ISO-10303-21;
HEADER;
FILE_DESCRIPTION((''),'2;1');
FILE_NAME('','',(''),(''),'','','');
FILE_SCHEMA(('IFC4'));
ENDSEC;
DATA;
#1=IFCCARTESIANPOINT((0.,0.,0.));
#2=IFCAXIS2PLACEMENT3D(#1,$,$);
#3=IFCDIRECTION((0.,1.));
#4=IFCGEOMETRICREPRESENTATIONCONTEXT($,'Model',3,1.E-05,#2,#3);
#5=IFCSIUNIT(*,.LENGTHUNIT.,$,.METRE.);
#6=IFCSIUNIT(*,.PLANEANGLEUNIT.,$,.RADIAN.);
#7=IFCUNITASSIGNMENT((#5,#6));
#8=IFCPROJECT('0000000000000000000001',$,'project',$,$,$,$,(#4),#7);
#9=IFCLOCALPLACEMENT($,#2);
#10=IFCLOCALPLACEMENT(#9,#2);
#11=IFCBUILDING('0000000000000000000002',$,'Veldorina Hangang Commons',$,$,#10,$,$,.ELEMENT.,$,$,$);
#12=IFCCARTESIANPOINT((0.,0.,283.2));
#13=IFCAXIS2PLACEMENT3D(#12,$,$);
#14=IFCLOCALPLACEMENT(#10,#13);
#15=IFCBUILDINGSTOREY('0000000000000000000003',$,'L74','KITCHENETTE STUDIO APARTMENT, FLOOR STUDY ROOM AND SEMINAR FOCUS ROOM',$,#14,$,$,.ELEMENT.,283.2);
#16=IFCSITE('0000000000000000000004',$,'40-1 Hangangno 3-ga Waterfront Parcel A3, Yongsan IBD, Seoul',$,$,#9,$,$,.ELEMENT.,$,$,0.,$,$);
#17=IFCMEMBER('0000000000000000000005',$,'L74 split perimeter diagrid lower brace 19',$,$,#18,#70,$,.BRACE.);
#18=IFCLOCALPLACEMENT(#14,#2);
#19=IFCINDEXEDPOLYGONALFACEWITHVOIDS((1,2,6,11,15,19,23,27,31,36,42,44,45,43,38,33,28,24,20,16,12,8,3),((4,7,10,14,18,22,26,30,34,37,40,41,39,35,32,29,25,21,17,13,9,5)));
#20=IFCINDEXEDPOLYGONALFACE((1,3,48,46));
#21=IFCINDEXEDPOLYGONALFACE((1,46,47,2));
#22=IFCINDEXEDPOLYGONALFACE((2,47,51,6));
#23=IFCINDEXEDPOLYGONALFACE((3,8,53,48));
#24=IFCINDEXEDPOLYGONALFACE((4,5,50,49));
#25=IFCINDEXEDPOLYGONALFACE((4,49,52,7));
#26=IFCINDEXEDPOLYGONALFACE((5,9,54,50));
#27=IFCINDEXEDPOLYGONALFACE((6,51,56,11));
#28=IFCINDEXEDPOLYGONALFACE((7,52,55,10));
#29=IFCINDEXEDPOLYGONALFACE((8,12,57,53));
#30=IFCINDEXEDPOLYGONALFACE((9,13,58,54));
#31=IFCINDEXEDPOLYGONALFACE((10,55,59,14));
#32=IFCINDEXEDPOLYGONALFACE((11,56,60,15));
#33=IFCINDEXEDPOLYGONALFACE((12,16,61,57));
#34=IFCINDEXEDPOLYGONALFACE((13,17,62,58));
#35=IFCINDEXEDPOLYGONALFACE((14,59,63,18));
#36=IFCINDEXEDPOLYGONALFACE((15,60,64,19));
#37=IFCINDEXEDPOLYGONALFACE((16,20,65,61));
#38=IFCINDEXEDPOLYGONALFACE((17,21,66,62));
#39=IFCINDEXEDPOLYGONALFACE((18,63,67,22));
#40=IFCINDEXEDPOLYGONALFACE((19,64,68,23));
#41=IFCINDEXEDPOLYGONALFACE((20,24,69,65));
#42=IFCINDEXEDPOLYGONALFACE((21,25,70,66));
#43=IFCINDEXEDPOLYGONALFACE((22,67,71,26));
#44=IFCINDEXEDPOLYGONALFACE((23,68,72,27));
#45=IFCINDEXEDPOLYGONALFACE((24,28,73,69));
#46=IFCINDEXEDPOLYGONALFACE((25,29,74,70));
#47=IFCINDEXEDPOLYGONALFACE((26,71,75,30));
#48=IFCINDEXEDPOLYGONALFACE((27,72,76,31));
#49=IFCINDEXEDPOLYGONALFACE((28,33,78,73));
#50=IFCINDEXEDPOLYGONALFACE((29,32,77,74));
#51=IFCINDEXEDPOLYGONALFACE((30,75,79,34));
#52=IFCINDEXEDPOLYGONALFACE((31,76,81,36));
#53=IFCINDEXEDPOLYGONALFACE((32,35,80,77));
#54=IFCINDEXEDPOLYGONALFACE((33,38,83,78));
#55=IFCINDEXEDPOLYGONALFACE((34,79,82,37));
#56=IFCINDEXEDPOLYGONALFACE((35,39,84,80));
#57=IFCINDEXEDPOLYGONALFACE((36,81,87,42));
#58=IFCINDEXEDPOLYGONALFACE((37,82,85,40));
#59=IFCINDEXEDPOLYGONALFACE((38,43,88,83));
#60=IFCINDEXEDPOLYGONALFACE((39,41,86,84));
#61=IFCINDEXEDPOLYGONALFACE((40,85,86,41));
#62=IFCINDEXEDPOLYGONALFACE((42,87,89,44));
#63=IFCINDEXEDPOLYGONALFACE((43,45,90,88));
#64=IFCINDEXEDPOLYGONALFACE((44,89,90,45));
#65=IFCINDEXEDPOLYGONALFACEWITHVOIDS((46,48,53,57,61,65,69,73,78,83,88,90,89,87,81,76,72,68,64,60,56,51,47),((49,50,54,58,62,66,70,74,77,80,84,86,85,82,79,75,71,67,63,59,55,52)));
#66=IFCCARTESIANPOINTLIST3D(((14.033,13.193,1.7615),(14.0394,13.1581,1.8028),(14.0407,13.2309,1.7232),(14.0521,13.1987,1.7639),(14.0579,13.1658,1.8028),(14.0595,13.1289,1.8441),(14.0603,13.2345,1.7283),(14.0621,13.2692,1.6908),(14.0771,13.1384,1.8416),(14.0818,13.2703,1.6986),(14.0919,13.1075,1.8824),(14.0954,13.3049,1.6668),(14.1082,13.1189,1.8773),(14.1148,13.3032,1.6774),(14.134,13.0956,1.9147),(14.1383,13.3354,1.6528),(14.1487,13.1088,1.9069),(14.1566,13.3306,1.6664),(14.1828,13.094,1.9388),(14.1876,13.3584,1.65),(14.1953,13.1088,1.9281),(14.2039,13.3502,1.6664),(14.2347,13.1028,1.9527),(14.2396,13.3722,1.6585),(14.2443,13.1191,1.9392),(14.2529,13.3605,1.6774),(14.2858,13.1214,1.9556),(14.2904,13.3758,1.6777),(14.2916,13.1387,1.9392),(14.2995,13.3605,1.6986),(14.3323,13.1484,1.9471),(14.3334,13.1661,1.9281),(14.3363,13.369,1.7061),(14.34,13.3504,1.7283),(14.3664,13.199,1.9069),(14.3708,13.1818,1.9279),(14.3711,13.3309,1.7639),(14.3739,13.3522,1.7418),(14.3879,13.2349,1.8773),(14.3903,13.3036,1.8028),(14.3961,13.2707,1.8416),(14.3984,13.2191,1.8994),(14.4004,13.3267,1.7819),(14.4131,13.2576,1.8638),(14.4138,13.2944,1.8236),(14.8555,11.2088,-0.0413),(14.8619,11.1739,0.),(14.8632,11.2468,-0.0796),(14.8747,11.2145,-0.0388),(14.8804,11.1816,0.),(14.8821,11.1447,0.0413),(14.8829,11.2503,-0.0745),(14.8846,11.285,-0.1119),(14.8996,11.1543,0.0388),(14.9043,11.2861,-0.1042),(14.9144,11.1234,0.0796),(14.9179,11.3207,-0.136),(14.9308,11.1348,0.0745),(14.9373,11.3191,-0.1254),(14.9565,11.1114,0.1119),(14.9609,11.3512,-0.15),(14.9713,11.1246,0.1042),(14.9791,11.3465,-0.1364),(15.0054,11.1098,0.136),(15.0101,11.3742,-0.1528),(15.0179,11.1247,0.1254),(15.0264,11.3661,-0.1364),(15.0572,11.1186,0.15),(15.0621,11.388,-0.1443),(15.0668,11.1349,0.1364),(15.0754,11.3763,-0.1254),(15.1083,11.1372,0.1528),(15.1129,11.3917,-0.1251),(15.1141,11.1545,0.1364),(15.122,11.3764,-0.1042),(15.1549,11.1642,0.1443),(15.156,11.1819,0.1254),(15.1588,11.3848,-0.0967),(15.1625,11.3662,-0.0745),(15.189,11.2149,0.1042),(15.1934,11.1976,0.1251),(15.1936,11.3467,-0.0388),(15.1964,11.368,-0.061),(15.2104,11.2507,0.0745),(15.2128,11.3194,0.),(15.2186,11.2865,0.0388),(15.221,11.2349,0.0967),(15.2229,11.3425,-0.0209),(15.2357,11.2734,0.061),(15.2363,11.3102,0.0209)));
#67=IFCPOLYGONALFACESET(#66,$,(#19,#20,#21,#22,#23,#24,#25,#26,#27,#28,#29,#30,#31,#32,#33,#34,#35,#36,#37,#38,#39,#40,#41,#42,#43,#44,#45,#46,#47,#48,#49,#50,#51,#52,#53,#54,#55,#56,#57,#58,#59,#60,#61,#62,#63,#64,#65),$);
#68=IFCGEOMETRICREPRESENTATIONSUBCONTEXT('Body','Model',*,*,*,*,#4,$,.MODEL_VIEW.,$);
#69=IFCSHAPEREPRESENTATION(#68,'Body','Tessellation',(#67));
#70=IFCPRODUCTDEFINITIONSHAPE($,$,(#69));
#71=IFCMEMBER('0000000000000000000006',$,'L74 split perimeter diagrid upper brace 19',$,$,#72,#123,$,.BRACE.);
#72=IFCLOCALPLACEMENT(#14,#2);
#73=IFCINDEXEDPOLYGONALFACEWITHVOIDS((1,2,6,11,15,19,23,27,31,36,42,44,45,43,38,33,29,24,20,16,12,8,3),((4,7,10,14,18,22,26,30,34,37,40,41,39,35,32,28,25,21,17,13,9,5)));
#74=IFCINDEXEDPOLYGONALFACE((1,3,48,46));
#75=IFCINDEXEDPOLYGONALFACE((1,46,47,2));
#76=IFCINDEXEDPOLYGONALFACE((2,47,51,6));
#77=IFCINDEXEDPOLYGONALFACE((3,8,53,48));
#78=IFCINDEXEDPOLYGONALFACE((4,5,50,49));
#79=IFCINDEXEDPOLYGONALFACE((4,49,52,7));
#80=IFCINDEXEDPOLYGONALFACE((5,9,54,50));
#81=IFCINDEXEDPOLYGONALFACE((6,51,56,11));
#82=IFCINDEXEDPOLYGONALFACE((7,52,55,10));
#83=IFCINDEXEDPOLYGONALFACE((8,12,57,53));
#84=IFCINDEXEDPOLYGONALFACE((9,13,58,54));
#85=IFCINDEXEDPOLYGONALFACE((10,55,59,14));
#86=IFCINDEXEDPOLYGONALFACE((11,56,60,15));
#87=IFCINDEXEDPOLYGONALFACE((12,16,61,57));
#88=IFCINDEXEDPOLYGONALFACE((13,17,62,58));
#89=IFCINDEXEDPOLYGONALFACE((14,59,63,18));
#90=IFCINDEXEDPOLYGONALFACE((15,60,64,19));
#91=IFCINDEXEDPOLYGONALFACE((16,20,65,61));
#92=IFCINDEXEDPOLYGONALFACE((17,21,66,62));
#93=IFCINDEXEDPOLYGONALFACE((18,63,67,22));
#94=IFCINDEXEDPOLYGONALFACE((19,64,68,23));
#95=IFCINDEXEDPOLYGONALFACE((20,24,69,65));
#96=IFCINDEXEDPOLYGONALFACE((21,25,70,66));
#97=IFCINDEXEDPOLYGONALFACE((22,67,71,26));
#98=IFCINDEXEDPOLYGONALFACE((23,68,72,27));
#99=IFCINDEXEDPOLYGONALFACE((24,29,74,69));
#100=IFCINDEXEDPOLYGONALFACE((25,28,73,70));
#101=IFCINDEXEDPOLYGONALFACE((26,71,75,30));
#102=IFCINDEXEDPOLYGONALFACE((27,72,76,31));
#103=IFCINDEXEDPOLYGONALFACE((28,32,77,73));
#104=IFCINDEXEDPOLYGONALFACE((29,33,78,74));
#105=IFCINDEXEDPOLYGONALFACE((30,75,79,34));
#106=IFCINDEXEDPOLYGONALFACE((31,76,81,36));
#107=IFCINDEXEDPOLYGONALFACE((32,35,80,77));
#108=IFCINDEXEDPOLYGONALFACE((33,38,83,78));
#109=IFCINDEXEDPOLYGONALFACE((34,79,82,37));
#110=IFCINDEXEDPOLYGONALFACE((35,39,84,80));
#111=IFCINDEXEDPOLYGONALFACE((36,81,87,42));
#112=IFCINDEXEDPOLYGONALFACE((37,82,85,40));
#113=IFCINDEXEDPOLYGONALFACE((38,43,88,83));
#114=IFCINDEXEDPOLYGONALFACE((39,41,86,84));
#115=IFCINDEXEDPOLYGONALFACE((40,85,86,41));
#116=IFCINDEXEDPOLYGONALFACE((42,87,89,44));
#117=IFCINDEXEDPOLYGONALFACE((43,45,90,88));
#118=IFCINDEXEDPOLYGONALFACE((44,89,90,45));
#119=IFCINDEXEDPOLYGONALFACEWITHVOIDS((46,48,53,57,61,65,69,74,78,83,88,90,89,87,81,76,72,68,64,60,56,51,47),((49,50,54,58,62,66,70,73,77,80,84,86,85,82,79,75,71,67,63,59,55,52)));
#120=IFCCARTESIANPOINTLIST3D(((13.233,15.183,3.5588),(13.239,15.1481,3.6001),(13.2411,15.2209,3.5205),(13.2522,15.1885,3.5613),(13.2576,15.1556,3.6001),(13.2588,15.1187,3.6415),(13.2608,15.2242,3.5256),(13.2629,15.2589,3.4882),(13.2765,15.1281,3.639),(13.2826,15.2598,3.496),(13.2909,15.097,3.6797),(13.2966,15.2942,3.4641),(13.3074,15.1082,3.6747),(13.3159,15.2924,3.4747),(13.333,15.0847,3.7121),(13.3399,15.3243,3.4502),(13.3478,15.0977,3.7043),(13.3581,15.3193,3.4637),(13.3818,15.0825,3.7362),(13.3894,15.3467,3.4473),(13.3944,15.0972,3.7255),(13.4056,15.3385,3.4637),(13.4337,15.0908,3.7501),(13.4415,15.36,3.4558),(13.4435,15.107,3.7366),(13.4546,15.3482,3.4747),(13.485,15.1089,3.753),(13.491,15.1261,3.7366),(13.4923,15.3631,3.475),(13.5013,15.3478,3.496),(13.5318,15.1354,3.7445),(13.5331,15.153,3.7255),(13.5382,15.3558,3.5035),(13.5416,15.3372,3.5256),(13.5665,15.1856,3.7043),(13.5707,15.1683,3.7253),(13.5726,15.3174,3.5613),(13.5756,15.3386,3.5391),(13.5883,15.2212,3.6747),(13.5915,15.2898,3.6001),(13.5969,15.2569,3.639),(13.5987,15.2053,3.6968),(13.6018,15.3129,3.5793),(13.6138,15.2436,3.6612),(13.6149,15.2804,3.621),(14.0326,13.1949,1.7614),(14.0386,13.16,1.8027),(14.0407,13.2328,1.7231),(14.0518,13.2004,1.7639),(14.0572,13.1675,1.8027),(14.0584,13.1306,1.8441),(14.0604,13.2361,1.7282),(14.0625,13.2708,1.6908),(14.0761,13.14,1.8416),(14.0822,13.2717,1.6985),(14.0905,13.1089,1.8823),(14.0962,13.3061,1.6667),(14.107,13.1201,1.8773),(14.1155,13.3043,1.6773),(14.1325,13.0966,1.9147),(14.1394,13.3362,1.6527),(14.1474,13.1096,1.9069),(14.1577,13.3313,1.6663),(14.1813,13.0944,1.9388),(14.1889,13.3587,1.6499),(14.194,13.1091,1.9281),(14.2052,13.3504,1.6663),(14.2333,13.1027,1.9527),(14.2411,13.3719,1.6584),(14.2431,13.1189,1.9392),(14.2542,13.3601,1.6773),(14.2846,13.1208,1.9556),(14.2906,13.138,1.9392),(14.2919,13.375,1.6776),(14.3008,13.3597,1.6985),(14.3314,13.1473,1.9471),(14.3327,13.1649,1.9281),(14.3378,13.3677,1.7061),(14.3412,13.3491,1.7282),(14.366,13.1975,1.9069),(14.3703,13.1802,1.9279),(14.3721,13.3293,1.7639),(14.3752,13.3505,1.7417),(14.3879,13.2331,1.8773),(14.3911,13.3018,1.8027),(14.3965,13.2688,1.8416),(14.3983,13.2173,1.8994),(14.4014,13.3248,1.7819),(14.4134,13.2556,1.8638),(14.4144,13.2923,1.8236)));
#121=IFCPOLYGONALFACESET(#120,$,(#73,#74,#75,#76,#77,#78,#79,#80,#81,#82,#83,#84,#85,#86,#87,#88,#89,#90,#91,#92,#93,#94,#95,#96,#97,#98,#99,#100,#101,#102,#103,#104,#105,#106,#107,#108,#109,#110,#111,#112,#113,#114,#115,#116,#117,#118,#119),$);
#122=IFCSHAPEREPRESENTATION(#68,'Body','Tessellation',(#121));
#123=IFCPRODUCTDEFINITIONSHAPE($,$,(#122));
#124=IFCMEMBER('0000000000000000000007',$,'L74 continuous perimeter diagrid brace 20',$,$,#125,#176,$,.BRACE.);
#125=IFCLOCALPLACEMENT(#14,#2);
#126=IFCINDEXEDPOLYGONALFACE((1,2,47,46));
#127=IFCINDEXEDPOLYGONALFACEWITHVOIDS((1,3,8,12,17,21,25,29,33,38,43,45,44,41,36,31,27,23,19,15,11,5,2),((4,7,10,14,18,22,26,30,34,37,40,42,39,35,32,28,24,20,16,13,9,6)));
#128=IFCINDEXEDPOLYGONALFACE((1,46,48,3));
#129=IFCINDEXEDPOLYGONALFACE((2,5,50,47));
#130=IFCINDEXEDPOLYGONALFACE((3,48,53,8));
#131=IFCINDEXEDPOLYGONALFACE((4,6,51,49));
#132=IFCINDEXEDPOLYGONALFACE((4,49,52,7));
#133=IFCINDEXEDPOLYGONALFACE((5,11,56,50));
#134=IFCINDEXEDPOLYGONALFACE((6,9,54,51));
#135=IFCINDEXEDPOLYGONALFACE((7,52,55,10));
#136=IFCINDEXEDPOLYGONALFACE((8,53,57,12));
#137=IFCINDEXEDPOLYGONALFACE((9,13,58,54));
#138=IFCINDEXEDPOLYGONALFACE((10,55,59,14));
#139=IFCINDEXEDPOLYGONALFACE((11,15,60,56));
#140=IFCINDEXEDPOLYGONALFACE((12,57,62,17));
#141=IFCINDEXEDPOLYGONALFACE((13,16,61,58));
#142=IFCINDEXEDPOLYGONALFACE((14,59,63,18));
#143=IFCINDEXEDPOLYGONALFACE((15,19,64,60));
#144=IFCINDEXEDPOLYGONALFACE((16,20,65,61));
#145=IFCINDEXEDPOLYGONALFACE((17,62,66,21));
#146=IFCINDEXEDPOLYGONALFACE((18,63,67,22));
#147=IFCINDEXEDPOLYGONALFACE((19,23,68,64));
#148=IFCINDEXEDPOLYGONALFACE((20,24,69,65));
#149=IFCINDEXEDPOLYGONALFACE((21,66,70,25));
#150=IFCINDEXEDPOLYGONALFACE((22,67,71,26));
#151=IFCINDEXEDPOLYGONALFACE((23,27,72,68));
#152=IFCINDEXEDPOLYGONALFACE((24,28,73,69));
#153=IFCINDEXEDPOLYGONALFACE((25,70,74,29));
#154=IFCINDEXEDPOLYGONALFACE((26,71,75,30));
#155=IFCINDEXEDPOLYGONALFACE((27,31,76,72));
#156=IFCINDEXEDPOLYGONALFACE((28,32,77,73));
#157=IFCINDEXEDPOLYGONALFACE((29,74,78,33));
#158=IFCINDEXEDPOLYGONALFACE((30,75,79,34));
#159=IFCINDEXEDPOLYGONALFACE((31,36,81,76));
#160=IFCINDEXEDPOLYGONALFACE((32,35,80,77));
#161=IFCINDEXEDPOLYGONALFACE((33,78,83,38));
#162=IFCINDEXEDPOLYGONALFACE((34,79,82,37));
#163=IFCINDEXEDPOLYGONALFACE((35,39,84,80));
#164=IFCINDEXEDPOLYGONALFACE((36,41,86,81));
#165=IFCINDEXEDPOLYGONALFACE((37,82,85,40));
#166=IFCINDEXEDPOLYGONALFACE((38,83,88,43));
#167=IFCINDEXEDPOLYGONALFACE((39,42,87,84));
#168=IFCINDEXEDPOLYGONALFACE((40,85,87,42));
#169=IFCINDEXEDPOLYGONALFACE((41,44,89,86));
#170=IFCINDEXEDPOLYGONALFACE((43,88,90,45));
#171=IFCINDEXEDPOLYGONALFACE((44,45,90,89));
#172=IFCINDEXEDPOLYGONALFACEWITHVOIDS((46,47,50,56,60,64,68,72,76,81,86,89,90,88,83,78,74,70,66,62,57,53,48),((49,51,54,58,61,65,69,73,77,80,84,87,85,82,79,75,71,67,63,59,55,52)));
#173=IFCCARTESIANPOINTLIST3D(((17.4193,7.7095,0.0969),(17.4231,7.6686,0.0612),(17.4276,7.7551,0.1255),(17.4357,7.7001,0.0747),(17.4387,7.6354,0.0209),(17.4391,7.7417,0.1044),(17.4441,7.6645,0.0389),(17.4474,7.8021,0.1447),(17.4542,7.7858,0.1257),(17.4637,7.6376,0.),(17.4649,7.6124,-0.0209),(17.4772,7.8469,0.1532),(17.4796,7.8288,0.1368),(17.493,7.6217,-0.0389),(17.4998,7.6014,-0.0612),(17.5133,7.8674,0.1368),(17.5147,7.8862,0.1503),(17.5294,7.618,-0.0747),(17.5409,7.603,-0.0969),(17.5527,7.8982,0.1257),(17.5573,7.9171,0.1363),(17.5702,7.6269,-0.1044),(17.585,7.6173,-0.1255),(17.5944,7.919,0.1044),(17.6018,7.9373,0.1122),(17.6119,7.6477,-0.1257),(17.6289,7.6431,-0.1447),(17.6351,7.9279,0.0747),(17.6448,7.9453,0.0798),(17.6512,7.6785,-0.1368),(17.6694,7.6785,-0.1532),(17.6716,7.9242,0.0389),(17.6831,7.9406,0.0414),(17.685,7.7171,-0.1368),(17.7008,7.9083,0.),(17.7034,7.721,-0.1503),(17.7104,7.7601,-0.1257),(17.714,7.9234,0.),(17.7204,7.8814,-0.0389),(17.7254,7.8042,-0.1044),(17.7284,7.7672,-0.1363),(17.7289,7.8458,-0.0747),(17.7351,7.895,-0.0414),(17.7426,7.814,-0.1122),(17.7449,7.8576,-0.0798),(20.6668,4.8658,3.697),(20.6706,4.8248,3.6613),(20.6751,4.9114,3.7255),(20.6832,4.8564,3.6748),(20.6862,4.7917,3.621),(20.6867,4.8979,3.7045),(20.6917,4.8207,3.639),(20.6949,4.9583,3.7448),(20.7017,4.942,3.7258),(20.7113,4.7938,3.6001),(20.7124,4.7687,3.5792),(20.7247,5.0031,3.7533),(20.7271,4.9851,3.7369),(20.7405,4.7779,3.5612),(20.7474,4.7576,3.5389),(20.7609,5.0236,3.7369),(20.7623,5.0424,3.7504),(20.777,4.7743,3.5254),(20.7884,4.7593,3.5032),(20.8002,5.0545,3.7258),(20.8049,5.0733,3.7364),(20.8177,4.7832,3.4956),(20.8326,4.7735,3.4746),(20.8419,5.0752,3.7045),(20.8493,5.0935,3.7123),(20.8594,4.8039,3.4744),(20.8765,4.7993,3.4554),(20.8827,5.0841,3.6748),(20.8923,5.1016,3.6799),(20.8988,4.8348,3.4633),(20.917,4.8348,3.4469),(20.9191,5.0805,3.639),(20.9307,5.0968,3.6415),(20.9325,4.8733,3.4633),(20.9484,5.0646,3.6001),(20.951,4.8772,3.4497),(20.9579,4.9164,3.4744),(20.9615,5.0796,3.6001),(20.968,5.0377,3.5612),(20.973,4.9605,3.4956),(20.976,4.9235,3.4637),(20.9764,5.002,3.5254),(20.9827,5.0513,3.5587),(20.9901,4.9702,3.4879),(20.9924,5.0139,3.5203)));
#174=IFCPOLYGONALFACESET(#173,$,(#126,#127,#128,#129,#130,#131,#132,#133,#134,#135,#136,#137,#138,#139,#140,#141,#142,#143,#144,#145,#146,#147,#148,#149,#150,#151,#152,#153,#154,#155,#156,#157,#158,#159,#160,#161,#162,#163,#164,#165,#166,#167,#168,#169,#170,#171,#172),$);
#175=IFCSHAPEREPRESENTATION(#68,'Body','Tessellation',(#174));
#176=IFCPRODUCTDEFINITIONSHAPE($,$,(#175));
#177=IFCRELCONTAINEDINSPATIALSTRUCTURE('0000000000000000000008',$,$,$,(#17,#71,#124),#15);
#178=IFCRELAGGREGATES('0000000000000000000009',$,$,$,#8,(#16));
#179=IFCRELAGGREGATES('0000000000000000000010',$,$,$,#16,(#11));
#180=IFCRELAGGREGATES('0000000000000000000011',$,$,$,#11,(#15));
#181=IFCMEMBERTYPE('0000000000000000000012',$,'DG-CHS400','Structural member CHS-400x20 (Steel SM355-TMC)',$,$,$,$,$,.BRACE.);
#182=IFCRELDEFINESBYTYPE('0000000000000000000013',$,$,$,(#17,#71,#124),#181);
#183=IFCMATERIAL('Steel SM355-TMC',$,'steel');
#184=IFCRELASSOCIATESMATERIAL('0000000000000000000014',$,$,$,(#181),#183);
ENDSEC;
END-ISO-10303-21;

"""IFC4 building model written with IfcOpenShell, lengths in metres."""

from ifc_helpers import new_model, si_unit, direction, frame, origin, origin_2d, place, context, subcontext, project, spatial, hollow_circle, extrude, material, material_profile, profile_set, type_object, element, save


model = new_model("IFC4")

# Units and contexts
model_context = context("Model", 3, precision=1e-05, world=origin(), true_north=direction((0.0, 1.0)))
body_context = subcontext(model_context, "Body", "Model", "MODEL_VIEW")
ifc_project = project(units=[si_unit("LENGTHUNIT", "METRE"), si_unit("PLANEANGLEUNIT", "RADIAN")], contexts=[model_context])

# Site, building, storey
site_placement = place(None, origin())
site = spatial("IfcSite", under=ifc_project, at=site_placement, Name="40-1 Hangangno 3-ga Waterfront Parcel A3, Yongsan IBD, Seoul", CompositionType="ELEMENT", RefElevation=0.0)
building_placement = place(site_placement, origin())
building = spatial("IfcBuilding", under=site, at=building_placement, Name="Veldorina Hangang Commons", CompositionType="ELEMENT")
storey_placement = place(building_placement, frame((0.0, 0.0, 283.2)))
storey = spatial("IfcBuildingStorey", under=building, at=storey_placement, Name="L74", Description="KITCHENETTE STUDIO APARTMENT, FLOOR STUDY ROOM AND SEMINAR FOCUS ROOM", CompositionType="ELEMENT", Elevation=283.2)

# Shared definitions
ifc_material_1 = material(Name="Steel SM355-TMC", Category="steel")

# Members
ifc_material_profile_1 = material_profile(ifc_material_1, hollow_circle(Radius=0.2, WallThickness=0.02, at=origin_2d()), Name="CHS-400x20")
ifc_profile_set_1 = profile_set([ifc_material_profile_1], Name="Steel SM355-TMC")
member_type_1 = type_object("IfcMemberType", Name="DG-CHS400", Description="Structural member CHS-400x20 (Steel SM355-TMC)", PredefinedType="BRACE", material=ifc_profile_set_1)
member_1_placement = place(storey_placement, frame((15.0466, 11.2505, 0.0), z_axis=(-0.293321, 0.707574, 0.642885), x_axis=(-0.923772, -0.382944, 0.0)))
element("IfcMember", 1, at=member_1_placement, inside=storey, type_object=member_type_1, Name="L74 split perimeter diagrid lower brace 19", PredefinedType="BRACE", context=body_context, shape_type="SweptSolid", body=[
    extrude(hollow_circle(Radius=0.2, WallThickness=0.02, at=origin_2d()), origin(), (0.0, 0.0, 1.0), 2.8042),
])
member_2_placement = place(storey_placement, frame((14.2241, 13.2346, 1.8027), z_axis=(-0.285884, 0.710825, 0.642649), x_axis=(-0.927776, -0.373138, 0.0)))
element("IfcMember", 2, at=member_2_placement, inside=storey, type_object=member_type_1, Name="L74 split perimeter diagrid upper brace 19", PredefinedType="BRACE", context=body_context, shape_type="SweptSolid", body=[
    extrude(hollow_circle(Radius=0.2, WallThickness=0.02, at=origin_2d()), origin(), (0.0, 0.0, 1.0), 2.7969),
])
member_3_placement = place(storey_placement, frame((17.5823, 7.7729, 0.0), z_axis=(0.577767, -0.505926, 0.640487), x_axis=(0.658785, 0.752331, 0.0)))
element("IfcMember", 3, at=member_3_placement, inside=storey, type_object=member_type_1, Name="L74 continuous perimeter diagrid brace 20", PredefinedType="BRACE", context=body_context, shape_type="SweptSolid", body=[
    extrude(hollow_circle(Radius=0.2, WallThickness=0.02, at=origin_2d()), origin(), (0.0, 0.0, 1.0), 5.6208),
])

save(model, "model.ifc")
